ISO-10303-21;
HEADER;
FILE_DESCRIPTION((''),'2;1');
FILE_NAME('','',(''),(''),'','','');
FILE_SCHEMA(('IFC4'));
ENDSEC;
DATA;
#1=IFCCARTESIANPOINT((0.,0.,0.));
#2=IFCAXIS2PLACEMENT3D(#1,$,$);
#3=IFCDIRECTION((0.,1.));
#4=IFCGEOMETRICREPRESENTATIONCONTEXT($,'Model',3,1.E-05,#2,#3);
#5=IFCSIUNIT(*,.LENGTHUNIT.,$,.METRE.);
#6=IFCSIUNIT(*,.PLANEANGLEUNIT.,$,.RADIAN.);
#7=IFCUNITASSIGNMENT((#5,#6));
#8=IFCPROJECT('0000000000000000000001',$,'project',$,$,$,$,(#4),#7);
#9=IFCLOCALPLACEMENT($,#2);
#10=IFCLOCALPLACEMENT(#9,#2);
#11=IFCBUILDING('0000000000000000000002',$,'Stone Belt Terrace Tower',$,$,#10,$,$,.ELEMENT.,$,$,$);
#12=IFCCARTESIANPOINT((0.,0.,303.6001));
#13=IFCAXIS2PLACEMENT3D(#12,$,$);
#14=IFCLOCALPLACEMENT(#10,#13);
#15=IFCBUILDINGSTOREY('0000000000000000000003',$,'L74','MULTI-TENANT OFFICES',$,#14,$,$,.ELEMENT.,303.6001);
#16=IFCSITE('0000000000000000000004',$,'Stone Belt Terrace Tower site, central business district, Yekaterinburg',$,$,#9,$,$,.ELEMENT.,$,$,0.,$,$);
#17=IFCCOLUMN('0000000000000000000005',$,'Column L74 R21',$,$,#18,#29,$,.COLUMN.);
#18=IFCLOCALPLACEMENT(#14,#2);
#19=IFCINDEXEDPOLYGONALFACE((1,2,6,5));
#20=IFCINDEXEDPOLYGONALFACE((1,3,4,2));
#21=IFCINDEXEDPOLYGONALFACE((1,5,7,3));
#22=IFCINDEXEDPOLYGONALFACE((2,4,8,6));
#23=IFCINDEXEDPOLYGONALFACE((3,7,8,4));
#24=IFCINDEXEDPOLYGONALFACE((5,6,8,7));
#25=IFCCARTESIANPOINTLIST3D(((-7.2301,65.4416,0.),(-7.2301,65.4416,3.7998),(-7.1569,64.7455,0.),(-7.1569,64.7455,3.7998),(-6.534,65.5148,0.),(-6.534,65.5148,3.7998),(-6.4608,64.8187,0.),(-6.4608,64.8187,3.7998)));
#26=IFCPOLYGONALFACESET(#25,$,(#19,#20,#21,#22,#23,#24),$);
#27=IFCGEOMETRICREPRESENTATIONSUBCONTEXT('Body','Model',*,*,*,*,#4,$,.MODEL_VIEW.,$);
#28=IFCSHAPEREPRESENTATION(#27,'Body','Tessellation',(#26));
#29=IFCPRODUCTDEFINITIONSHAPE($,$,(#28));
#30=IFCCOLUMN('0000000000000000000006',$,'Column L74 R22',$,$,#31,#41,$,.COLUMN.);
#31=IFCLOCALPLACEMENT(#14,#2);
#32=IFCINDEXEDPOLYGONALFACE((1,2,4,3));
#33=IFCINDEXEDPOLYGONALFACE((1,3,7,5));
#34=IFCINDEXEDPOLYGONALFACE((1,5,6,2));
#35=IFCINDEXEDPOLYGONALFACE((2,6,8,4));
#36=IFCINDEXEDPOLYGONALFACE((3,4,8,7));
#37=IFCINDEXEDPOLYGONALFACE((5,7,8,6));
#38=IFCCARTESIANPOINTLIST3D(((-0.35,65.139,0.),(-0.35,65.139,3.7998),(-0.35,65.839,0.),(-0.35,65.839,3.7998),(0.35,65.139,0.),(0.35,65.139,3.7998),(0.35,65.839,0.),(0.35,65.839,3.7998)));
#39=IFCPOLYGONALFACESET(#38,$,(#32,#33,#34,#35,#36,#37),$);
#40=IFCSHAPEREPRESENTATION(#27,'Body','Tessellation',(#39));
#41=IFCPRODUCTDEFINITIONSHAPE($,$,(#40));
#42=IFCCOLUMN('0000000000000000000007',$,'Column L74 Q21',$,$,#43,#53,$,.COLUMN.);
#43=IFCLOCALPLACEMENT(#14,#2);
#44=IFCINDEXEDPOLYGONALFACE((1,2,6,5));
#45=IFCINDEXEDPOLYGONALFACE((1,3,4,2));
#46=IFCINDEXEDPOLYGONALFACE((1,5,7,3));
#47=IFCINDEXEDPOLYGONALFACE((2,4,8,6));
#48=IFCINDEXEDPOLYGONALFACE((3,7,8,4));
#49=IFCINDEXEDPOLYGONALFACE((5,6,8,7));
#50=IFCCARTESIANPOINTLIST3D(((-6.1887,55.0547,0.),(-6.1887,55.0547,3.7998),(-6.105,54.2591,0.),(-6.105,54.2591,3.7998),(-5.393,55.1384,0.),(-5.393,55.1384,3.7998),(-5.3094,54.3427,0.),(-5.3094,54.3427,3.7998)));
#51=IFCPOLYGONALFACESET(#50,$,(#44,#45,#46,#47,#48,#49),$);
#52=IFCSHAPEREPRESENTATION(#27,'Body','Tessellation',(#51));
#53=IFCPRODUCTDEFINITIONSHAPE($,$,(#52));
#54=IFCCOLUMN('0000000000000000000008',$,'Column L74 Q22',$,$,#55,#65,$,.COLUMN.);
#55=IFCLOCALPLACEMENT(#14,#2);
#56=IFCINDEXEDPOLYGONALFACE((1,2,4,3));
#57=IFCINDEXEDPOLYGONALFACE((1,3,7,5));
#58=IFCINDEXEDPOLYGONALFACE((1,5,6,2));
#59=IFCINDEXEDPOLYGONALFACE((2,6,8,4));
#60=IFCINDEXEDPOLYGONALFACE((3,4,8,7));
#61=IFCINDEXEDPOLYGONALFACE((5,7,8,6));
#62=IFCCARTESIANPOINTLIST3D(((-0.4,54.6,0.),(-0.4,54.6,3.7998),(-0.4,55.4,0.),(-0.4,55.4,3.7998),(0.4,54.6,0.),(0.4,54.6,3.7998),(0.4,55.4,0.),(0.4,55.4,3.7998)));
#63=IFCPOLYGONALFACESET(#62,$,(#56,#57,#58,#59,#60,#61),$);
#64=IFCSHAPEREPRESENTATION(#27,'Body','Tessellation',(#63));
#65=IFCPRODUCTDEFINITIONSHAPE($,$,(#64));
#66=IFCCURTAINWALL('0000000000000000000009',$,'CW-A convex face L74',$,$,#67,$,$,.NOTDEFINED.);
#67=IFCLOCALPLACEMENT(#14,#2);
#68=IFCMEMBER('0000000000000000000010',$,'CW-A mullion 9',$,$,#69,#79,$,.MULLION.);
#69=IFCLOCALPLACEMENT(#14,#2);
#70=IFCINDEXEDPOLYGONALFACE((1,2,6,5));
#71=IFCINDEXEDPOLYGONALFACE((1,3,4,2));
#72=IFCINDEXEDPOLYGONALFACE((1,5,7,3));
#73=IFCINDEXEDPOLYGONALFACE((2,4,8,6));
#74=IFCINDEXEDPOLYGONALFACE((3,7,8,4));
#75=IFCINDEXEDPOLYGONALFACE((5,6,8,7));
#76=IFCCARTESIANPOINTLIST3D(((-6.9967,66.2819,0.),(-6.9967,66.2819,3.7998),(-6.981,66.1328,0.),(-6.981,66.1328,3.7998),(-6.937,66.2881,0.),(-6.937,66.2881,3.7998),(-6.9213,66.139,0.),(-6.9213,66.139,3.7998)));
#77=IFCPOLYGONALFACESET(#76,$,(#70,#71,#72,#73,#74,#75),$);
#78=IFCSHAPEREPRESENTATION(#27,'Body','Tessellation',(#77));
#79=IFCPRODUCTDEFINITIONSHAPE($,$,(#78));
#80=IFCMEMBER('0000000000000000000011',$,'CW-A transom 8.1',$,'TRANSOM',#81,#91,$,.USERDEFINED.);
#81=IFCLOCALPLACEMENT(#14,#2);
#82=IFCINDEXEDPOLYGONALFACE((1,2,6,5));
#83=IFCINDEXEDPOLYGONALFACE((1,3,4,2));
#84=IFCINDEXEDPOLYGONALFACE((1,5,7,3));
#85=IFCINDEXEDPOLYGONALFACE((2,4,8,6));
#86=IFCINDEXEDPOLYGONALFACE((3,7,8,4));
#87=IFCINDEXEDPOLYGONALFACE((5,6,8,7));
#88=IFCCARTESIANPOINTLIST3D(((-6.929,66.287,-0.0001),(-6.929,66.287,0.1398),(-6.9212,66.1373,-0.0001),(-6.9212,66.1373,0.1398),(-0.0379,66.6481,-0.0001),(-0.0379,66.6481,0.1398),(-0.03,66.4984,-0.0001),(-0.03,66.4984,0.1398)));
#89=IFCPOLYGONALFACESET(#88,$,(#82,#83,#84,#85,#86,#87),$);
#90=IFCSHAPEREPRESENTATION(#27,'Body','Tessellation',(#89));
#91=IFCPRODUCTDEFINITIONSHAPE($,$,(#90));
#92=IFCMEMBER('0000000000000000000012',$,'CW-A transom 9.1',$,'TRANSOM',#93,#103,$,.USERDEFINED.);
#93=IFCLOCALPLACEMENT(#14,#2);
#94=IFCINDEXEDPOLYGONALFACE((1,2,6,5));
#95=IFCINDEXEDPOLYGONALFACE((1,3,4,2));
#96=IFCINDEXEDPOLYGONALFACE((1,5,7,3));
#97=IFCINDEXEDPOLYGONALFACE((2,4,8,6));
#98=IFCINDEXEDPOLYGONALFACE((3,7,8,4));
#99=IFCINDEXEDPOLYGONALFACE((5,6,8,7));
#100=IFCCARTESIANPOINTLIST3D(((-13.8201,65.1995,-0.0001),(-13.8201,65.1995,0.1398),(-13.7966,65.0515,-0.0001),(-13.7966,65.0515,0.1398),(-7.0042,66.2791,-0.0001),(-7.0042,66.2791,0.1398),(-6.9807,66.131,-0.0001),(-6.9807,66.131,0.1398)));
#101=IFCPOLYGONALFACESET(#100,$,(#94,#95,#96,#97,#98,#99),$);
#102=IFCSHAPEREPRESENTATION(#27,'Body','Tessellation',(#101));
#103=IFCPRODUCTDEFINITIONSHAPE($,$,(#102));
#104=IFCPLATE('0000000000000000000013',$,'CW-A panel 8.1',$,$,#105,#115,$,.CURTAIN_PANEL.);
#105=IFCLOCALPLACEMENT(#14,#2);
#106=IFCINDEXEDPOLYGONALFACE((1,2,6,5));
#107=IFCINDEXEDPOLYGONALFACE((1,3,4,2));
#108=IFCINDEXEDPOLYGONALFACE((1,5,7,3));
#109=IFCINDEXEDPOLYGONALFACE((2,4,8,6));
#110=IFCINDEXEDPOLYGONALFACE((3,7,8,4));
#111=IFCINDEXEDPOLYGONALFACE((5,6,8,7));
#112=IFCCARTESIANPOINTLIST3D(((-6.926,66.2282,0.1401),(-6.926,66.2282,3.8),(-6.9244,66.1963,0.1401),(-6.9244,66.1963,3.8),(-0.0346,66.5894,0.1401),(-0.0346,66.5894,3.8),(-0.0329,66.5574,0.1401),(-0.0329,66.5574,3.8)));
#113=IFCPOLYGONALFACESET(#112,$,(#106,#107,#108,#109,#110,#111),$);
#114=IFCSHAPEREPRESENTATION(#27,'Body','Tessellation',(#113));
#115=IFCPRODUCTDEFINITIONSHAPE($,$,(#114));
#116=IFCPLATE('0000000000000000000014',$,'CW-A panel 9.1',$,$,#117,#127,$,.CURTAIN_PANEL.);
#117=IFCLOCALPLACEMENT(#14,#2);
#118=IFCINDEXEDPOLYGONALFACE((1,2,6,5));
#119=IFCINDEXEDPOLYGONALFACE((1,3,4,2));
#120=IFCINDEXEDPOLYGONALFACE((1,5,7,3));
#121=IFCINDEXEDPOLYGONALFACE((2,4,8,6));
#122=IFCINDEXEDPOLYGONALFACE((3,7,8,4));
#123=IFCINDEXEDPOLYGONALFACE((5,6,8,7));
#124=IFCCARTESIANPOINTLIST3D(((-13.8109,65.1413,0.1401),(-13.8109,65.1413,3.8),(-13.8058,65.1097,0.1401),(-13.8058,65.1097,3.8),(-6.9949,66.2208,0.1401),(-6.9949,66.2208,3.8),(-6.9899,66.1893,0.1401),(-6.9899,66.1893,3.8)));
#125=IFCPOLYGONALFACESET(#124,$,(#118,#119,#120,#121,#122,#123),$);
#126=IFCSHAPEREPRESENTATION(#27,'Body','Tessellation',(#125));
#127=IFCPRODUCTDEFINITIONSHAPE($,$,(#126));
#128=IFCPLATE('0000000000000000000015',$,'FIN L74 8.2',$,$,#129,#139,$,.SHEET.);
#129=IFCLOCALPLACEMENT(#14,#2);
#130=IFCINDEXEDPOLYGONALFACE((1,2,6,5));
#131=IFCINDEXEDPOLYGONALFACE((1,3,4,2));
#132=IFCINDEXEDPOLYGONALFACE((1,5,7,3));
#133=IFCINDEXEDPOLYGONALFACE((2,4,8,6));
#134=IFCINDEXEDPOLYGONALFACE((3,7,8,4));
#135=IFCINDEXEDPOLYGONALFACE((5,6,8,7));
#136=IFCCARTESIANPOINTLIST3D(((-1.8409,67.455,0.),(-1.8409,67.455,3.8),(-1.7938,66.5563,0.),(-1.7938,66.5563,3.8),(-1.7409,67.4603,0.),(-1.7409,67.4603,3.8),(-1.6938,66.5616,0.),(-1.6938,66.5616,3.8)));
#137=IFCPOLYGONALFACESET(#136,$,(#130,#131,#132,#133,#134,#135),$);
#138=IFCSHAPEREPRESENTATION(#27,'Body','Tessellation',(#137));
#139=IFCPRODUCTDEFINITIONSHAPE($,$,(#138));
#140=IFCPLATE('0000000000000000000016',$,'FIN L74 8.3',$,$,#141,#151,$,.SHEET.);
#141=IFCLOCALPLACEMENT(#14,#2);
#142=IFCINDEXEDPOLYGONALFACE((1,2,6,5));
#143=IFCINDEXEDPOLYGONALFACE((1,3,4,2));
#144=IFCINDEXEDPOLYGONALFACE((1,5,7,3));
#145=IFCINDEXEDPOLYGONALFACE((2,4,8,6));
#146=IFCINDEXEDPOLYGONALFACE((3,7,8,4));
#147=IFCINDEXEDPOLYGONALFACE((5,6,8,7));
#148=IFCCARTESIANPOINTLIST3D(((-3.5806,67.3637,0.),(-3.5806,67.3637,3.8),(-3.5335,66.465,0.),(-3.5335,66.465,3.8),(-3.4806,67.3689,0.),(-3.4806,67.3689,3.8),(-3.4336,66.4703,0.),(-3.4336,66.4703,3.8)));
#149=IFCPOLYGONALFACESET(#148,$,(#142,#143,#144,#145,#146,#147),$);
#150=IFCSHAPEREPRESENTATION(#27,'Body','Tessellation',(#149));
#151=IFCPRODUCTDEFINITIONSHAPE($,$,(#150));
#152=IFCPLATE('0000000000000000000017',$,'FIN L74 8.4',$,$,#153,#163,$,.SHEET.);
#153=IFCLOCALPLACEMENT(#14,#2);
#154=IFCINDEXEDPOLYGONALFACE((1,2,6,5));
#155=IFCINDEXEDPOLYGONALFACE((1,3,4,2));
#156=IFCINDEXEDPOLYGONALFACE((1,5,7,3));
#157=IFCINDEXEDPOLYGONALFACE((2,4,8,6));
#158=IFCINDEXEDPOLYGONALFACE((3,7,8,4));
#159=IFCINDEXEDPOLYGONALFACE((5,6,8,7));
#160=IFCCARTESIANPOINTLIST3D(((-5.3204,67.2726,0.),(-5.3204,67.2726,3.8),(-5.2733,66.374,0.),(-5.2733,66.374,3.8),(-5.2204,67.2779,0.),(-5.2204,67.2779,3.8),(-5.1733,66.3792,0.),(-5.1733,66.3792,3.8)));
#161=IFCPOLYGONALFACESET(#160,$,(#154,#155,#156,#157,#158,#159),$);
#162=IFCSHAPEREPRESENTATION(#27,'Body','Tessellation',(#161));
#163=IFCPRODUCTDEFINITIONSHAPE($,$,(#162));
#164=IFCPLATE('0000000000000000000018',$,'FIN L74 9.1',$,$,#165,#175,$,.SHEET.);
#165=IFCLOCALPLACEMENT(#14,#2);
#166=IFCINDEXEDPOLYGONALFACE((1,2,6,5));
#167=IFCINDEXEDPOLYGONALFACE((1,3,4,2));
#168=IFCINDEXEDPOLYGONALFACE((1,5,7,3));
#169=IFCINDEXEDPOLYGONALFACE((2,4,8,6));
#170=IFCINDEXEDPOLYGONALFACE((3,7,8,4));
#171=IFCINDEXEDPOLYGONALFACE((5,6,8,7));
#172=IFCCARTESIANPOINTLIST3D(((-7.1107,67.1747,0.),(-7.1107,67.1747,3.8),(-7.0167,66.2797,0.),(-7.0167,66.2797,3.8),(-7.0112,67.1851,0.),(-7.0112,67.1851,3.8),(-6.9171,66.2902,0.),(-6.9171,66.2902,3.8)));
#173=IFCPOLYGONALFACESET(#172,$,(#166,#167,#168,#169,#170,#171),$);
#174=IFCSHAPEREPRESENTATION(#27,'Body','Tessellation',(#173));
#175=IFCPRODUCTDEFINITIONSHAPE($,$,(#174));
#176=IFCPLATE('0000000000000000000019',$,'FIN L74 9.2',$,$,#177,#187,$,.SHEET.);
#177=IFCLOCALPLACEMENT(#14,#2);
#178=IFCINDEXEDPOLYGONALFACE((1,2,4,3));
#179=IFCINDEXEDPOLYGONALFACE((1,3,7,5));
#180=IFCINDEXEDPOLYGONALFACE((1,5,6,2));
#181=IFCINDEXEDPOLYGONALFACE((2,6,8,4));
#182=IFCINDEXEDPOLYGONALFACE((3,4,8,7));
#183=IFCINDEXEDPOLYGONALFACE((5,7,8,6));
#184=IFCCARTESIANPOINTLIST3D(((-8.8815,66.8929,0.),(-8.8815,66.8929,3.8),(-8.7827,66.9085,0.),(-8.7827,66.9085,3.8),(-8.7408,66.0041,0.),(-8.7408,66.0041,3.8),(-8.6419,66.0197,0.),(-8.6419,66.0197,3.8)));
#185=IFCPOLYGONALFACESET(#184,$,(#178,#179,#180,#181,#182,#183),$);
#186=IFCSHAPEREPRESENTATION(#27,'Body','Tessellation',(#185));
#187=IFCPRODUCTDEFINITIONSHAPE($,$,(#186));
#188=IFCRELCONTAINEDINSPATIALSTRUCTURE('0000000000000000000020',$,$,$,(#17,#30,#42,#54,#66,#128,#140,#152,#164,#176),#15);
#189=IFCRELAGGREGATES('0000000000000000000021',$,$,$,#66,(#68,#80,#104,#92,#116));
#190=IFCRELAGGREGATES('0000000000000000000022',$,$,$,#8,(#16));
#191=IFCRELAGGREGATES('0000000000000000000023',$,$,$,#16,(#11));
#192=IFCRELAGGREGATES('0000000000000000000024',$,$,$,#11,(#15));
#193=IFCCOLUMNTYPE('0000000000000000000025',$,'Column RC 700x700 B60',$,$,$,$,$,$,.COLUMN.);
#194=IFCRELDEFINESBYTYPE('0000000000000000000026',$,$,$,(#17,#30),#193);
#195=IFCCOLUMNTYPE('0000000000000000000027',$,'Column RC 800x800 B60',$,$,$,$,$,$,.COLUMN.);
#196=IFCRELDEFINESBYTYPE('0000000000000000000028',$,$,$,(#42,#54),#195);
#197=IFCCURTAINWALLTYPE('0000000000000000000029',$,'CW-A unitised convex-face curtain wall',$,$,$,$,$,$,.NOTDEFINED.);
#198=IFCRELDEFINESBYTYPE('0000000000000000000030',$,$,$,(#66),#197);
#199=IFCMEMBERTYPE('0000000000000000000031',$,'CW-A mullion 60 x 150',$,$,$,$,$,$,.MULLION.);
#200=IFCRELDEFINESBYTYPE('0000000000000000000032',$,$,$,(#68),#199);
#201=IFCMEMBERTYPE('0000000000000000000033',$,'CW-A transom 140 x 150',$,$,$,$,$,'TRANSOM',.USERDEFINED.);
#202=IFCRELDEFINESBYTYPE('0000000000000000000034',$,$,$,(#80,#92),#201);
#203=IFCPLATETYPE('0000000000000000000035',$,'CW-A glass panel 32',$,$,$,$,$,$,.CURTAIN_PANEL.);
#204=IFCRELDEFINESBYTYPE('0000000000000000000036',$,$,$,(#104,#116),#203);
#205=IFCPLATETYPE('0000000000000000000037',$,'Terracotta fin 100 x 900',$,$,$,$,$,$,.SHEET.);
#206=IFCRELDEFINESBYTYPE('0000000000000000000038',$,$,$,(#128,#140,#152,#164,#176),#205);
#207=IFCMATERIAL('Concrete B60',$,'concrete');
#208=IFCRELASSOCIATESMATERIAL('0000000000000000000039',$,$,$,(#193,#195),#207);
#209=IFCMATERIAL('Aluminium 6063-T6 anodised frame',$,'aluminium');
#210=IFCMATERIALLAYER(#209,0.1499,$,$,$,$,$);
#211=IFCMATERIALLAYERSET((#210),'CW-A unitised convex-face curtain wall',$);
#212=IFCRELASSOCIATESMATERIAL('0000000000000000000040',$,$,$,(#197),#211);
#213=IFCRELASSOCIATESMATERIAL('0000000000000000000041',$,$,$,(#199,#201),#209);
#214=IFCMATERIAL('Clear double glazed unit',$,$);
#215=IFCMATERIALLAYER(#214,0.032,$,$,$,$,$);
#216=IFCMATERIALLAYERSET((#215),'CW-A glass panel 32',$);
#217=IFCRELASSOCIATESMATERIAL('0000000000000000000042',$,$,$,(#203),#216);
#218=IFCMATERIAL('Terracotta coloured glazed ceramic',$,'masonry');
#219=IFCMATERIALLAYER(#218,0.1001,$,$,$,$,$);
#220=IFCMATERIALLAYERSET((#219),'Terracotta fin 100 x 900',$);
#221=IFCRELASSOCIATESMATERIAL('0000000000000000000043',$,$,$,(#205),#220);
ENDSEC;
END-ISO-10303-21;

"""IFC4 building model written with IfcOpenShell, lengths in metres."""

from ifc_helpers import new_model, si_unit, direction, frame, origin, origin_2d, place, context, subcontext, project, spatial, rectangle, extrude, material, layer, layer_set, material_profile, profile_set, type_object, element, aggregate, save


model = new_model("IFC4")

# Units and contexts
model_context = context("Model", 3, precision=1e-05, world=origin(), true_north=direction((0.0, 1.0)))
body_context = subcontext(model_context, "Body", "Model", "MODEL_VIEW")
ifc_project = project(units=[si_unit("LENGTHUNIT", "METRE"), si_unit("PLANEANGLEUNIT", "RADIAN")], contexts=[model_context])

# Site, building, storey
site_placement = place(None, origin())
site = spatial("IfcSite", under=ifc_project, at=site_placement, Name="Stone Belt Terrace Tower site, central business district, Yekaterinburg", CompositionType="ELEMENT", RefElevation=0.0)
building_placement = place(site_placement, origin())
building = spatial("IfcBuilding", under=site, at=building_placement, Name="Stone Belt Terrace Tower", CompositionType="ELEMENT")
storey_placement = place(building_placement, frame((0.0, 0.0, 303.6001)))
storey = spatial("IfcBuildingStorey", under=building, at=storey_placement, Name="L74", Description="MULTI-TENANT OFFICES", CompositionType="ELEMENT", Elevation=303.6001)

# Columns
ifc_material_1 = material(Name="Concrete B60", Category="concrete")
ifc_material_profile_1 = material_profile(ifc_material_1, rectangle(XDim=0.7, YDim=0.7, at=origin_2d()), Name="RC 700x700")
ifc_profile_set_1 = profile_set([ifc_material_profile_1], Name="Concrete B60")
column_type_1 = type_object("IfcColumnType", Name="Column RC 700x700 B60", PredefinedType="COLUMN", material=ifc_profile_set_1)
for number, where, z_axis, x_axis, name in (
    (1, (-6.8455, 65.1301, 0.0), (0.0, 0.0, 1.0), (0.994522, 0.104528, 0.0), "Column L74 R21"),
    (2, (0.0, 65.489, 0.0), (0.0, 0.0, 1.0), (1.0, 0.0, 0.0), "Column L74 R22"),
):
    element("IfcColumn", number, at=place(storey_placement, frame(where, z_axis=z_axis, x_axis=x_axis)), inside=storey, type_object=column_type_1, Name=name, PredefinedType="COLUMN", context=body_context, shape_type="SweptSolid", body=[
        extrude(rectangle(XDim=0.7, YDim=0.7, at=origin_2d()), origin(), (0.0, 0.0, 1.0), 3.7998),
    ])
ifc_material_profile_2 = material_profile(ifc_material_1, rectangle(XDim=0.8, YDim=0.8, at=origin_2d()), Name="RC 800x800")
ifc_profile_set_2 = profile_set([ifc_material_profile_2], Name="Concrete B60")
column_type_2 = type_object("IfcColumnType", Name="Column RC 800x800 B60", PredefinedType="COLUMN", material=ifc_profile_set_2)
for number, where, z_axis, x_axis, name in (
    (3, (-5.749, 54.6987, 0.0), (0.0, 0.0, 1.0), (0.994522, 0.104528, 0.0), "Column L74 Q21"),
    (4, (0.0, 55.0, 0.0), (0.0, 0.0, 1.0), (1.0, 0.0, 0.0), "Column L74 Q22"),
):
    element("IfcColumn", number, at=place(storey_placement, frame(where, z_axis=z_axis, x_axis=x_axis)), inside=storey, type_object=column_type_2, Name=name, PredefinedType="COLUMN", context=body_context, shape_type="SweptSolid", body=[
        extrude(rectangle(XDim=0.8, YDim=0.8, at=origin_2d()), origin(), (0.0, 0.0, 1.0), 3.7998),
    ])

# Curtain wall, members, plates
ifc_material_2 = material(Name="Aluminium 6063-T6 anodised frame", Category="aluminium")
ifc_layer_1 = layer(ifc_material_2, 0.1499)
ifc_layer_set_1 = layer_set([ifc_layer_1], Name="CW-A unitised convex-face curtain wall")
curtain_wall_type = type_object("IfcCurtainWallType", Name="CW-A unitised convex-face curtain wall", PredefinedType="NOTDEFINED", material=ifc_layer_set_1)
curtain_wall_placement = place(storey_placement, origin())
curtain_wall = element("IfcCurtainWall", 5, at=curtain_wall_placement, inside=storey, type_object=curtain_wall_type, Name="CW-A convex face L74", PredefinedType="NOTDEFINED")
ifc_material_profile_3 = material_profile(ifc_material_2, rectangle(XDim=0.1499, YDim=0.0601, at=origin_2d()), Name="Aluminium 6063-T6 60x150")
ifc_profile_set_3 = profile_set([ifc_material_profile_3], Name="Aluminium 6063-T6 anodised frame")
member_type_1 = type_object("IfcMemberType", Name="CW-A mullion 60 x 150", PredefinedType="MULLION", material=ifc_profile_set_3)
member_1_placement = place(storey_placement, frame((-6.959, 66.2104, 0.0), z_axis=(0.0, 0.0, 1.0), x_axis=(0.104528, -0.994522, 0.0)))
member_1 = element("IfcMember", 6, at=member_1_placement, type_object=member_type_1, Name="CW-A mullion 9", PredefinedType="MULLION", context=body_context, shape_type="SweptSolid", body=[
    extrude(rectangle(XDim=0.1499, YDim=0.0601, at=origin_2d()), origin(), (0.0, 0.0, 1.0), 3.7998),
])
ifc_material_profile_4 = material_profile(ifc_material_2, rectangle(XDim=0.1499, YDim=0.1399, at=origin_2d()), Name="Aluminium 6063-T6 150x140")
ifc_profile_set_4 = profile_set([ifc_material_profile_4], Name="Aluminium 6063-T6 anodised frame")
member_type_2 = type_object("IfcMemberType", Name="CW-A transom 140 x 150", ElementType="TRANSOM", PredefinedType="USERDEFINED", material=ifc_profile_set_4)
member_2_placement = place(storey_placement, frame((-0.0339, 66.5732, 0.0698), z_axis=(-0.99863, -0.052327, 0.0), x_axis=(0.052327, -0.99863, 0.0)))
member_2 = element("IfcMember", 7, at=member_2_placement, type_object=member_type_2, Name="CW-A transom 8.1", ObjectType="TRANSOM", PredefinedType="USERDEFINED", context=body_context, shape_type="SweptSolid", body=[
    extrude(rectangle(XDim=0.1499, YDim=0.1399, at=origin_2d()), origin(), (0.0, 0.0, 1.0), 6.9006),
])
member_3_placement = place(storey_placement, frame((-6.9924, 66.2051, 0.0698), z_axis=(-0.987687, -0.156442, 0.0), x_axis=(0.156442, -0.987687, 0.0)))
member_3 = element("IfcMember", 8, at=member_3_placement, type_object=member_type_2, Name="CW-A transom 9.1", ObjectType="TRANSOM", PredefinedType="USERDEFINED", context=body_context, shape_type="SweptSolid", body=[
    extrude(rectangle(XDim=0.1499, YDim=0.1399, at=origin_2d()), origin(), (0.0, 0.0, 1.0), 6.9009),
])
ifc_material_3 = material(Name="Clear double glazed unit")
ifc_layer_2 = layer(ifc_material_3, 0.032)
ifc_layer_set_2 = layer_set([ifc_layer_2], Name="CW-A glass panel 32")
plate_type_1 = type_object("IfcPlateType", Name="CW-A glass panel 32", PredefinedType="CURTAIN_PANEL", material=ifc_layer_set_2)
plate_1_placement = place(storey_placement, frame((-3.4795, 66.3928, 0.1401), z_axis=(0.0, 0.0, 1.0), x_axis=(-0.99863, -0.052336, 0.0)))
plate_1 = element("IfcPlate", 9, at=plate_1_placement, type_object=plate_type_1, Name="CW-A panel 8.1", PredefinedType="CURTAIN_PANEL", context=body_context, shape_type="SweptSolid", body=[
    extrude(rectangle(XDim=6.9009, YDim=0.032, at=origin_2d()), origin(), (0.0, 0.0, 1.0), 3.6599),
])
plate_2_placement = place(storey_placement, frame((-10.4004, 65.6653, 0.1401), z_axis=(0.0, 0.0, 1.0), x_axis=(-0.987688, -0.156434, 0.0)))
plate_2 = element("IfcPlate", 10, at=plate_2_placement, type_object=plate_type_1, Name="CW-A panel 9.1", PredefinedType="CURTAIN_PANEL", context=body_context, shape_type="SweptSolid", body=[
    extrude(rectangle(XDim=6.9009, YDim=0.032, at=origin_2d()), origin(), (0.0, 0.0, 1.0), 3.6599),
])
aggregate(curtain_wall, [member_1, member_2, plate_1, member_3, plate_2])

# Plates
ifc_material_4 = material(Name="Terracotta coloured glazed ceramic", Category="masonry")
ifc_layer_3 = layer(ifc_material_4, 0.1001)
ifc_layer_set_3 = layer_set([ifc_layer_3], Name="Terracotta fin 100 x 900")
plate_type_2 = type_object("IfcPlateType", Name="Terracotta fin 100 x 900", PredefinedType="SHEET", material=ifc_layer_set_3)
for number, where, z_axis, x_axis, name in (
    (11, (-1.7673, 67.0083, 0.0), (0.0, 0.0, 1.0), (-0.052336, 0.99863, 0.0), "FIN L74 8.2"),
    (12, (-3.5071, 66.917, 0.0), (0.0, 0.0, 1.0), (-0.052336, 0.99863, 0.0), "FIN L74 8.3"),
    (13, (-5.2468, 66.8259, 0.0), (0.0, 0.0, 1.0), (-0.052336, 0.99863, 0.0), "FIN L74 8.4"),
    (14, (-7.0139, 66.7324, 0.0), (0.0, 0.0, 1.0), (-0.104528, 0.994522, 0.0), "FIN L74 9.1"),
    (15, (-8.7617, 66.4563, 0.0), (0.0, 0.0, 1.0), (-0.156434, 0.987688, 0.0), "FIN L74 9.2"),
):
    element("IfcPlate", number, at=place(storey_placement, frame(where, z_axis=z_axis, x_axis=x_axis)), inside=storey, type_object=plate_type_2, Name=name, PredefinedType="SHEET", context=body_context, shape_type="SweptSolid", body=[
        extrude(rectangle(XDim=0.8999, YDim=0.1001, at=origin_2d()), origin(), (0.0, 0.0, 1.0), 3.8),
    ])

save(model, "model.ifc")
